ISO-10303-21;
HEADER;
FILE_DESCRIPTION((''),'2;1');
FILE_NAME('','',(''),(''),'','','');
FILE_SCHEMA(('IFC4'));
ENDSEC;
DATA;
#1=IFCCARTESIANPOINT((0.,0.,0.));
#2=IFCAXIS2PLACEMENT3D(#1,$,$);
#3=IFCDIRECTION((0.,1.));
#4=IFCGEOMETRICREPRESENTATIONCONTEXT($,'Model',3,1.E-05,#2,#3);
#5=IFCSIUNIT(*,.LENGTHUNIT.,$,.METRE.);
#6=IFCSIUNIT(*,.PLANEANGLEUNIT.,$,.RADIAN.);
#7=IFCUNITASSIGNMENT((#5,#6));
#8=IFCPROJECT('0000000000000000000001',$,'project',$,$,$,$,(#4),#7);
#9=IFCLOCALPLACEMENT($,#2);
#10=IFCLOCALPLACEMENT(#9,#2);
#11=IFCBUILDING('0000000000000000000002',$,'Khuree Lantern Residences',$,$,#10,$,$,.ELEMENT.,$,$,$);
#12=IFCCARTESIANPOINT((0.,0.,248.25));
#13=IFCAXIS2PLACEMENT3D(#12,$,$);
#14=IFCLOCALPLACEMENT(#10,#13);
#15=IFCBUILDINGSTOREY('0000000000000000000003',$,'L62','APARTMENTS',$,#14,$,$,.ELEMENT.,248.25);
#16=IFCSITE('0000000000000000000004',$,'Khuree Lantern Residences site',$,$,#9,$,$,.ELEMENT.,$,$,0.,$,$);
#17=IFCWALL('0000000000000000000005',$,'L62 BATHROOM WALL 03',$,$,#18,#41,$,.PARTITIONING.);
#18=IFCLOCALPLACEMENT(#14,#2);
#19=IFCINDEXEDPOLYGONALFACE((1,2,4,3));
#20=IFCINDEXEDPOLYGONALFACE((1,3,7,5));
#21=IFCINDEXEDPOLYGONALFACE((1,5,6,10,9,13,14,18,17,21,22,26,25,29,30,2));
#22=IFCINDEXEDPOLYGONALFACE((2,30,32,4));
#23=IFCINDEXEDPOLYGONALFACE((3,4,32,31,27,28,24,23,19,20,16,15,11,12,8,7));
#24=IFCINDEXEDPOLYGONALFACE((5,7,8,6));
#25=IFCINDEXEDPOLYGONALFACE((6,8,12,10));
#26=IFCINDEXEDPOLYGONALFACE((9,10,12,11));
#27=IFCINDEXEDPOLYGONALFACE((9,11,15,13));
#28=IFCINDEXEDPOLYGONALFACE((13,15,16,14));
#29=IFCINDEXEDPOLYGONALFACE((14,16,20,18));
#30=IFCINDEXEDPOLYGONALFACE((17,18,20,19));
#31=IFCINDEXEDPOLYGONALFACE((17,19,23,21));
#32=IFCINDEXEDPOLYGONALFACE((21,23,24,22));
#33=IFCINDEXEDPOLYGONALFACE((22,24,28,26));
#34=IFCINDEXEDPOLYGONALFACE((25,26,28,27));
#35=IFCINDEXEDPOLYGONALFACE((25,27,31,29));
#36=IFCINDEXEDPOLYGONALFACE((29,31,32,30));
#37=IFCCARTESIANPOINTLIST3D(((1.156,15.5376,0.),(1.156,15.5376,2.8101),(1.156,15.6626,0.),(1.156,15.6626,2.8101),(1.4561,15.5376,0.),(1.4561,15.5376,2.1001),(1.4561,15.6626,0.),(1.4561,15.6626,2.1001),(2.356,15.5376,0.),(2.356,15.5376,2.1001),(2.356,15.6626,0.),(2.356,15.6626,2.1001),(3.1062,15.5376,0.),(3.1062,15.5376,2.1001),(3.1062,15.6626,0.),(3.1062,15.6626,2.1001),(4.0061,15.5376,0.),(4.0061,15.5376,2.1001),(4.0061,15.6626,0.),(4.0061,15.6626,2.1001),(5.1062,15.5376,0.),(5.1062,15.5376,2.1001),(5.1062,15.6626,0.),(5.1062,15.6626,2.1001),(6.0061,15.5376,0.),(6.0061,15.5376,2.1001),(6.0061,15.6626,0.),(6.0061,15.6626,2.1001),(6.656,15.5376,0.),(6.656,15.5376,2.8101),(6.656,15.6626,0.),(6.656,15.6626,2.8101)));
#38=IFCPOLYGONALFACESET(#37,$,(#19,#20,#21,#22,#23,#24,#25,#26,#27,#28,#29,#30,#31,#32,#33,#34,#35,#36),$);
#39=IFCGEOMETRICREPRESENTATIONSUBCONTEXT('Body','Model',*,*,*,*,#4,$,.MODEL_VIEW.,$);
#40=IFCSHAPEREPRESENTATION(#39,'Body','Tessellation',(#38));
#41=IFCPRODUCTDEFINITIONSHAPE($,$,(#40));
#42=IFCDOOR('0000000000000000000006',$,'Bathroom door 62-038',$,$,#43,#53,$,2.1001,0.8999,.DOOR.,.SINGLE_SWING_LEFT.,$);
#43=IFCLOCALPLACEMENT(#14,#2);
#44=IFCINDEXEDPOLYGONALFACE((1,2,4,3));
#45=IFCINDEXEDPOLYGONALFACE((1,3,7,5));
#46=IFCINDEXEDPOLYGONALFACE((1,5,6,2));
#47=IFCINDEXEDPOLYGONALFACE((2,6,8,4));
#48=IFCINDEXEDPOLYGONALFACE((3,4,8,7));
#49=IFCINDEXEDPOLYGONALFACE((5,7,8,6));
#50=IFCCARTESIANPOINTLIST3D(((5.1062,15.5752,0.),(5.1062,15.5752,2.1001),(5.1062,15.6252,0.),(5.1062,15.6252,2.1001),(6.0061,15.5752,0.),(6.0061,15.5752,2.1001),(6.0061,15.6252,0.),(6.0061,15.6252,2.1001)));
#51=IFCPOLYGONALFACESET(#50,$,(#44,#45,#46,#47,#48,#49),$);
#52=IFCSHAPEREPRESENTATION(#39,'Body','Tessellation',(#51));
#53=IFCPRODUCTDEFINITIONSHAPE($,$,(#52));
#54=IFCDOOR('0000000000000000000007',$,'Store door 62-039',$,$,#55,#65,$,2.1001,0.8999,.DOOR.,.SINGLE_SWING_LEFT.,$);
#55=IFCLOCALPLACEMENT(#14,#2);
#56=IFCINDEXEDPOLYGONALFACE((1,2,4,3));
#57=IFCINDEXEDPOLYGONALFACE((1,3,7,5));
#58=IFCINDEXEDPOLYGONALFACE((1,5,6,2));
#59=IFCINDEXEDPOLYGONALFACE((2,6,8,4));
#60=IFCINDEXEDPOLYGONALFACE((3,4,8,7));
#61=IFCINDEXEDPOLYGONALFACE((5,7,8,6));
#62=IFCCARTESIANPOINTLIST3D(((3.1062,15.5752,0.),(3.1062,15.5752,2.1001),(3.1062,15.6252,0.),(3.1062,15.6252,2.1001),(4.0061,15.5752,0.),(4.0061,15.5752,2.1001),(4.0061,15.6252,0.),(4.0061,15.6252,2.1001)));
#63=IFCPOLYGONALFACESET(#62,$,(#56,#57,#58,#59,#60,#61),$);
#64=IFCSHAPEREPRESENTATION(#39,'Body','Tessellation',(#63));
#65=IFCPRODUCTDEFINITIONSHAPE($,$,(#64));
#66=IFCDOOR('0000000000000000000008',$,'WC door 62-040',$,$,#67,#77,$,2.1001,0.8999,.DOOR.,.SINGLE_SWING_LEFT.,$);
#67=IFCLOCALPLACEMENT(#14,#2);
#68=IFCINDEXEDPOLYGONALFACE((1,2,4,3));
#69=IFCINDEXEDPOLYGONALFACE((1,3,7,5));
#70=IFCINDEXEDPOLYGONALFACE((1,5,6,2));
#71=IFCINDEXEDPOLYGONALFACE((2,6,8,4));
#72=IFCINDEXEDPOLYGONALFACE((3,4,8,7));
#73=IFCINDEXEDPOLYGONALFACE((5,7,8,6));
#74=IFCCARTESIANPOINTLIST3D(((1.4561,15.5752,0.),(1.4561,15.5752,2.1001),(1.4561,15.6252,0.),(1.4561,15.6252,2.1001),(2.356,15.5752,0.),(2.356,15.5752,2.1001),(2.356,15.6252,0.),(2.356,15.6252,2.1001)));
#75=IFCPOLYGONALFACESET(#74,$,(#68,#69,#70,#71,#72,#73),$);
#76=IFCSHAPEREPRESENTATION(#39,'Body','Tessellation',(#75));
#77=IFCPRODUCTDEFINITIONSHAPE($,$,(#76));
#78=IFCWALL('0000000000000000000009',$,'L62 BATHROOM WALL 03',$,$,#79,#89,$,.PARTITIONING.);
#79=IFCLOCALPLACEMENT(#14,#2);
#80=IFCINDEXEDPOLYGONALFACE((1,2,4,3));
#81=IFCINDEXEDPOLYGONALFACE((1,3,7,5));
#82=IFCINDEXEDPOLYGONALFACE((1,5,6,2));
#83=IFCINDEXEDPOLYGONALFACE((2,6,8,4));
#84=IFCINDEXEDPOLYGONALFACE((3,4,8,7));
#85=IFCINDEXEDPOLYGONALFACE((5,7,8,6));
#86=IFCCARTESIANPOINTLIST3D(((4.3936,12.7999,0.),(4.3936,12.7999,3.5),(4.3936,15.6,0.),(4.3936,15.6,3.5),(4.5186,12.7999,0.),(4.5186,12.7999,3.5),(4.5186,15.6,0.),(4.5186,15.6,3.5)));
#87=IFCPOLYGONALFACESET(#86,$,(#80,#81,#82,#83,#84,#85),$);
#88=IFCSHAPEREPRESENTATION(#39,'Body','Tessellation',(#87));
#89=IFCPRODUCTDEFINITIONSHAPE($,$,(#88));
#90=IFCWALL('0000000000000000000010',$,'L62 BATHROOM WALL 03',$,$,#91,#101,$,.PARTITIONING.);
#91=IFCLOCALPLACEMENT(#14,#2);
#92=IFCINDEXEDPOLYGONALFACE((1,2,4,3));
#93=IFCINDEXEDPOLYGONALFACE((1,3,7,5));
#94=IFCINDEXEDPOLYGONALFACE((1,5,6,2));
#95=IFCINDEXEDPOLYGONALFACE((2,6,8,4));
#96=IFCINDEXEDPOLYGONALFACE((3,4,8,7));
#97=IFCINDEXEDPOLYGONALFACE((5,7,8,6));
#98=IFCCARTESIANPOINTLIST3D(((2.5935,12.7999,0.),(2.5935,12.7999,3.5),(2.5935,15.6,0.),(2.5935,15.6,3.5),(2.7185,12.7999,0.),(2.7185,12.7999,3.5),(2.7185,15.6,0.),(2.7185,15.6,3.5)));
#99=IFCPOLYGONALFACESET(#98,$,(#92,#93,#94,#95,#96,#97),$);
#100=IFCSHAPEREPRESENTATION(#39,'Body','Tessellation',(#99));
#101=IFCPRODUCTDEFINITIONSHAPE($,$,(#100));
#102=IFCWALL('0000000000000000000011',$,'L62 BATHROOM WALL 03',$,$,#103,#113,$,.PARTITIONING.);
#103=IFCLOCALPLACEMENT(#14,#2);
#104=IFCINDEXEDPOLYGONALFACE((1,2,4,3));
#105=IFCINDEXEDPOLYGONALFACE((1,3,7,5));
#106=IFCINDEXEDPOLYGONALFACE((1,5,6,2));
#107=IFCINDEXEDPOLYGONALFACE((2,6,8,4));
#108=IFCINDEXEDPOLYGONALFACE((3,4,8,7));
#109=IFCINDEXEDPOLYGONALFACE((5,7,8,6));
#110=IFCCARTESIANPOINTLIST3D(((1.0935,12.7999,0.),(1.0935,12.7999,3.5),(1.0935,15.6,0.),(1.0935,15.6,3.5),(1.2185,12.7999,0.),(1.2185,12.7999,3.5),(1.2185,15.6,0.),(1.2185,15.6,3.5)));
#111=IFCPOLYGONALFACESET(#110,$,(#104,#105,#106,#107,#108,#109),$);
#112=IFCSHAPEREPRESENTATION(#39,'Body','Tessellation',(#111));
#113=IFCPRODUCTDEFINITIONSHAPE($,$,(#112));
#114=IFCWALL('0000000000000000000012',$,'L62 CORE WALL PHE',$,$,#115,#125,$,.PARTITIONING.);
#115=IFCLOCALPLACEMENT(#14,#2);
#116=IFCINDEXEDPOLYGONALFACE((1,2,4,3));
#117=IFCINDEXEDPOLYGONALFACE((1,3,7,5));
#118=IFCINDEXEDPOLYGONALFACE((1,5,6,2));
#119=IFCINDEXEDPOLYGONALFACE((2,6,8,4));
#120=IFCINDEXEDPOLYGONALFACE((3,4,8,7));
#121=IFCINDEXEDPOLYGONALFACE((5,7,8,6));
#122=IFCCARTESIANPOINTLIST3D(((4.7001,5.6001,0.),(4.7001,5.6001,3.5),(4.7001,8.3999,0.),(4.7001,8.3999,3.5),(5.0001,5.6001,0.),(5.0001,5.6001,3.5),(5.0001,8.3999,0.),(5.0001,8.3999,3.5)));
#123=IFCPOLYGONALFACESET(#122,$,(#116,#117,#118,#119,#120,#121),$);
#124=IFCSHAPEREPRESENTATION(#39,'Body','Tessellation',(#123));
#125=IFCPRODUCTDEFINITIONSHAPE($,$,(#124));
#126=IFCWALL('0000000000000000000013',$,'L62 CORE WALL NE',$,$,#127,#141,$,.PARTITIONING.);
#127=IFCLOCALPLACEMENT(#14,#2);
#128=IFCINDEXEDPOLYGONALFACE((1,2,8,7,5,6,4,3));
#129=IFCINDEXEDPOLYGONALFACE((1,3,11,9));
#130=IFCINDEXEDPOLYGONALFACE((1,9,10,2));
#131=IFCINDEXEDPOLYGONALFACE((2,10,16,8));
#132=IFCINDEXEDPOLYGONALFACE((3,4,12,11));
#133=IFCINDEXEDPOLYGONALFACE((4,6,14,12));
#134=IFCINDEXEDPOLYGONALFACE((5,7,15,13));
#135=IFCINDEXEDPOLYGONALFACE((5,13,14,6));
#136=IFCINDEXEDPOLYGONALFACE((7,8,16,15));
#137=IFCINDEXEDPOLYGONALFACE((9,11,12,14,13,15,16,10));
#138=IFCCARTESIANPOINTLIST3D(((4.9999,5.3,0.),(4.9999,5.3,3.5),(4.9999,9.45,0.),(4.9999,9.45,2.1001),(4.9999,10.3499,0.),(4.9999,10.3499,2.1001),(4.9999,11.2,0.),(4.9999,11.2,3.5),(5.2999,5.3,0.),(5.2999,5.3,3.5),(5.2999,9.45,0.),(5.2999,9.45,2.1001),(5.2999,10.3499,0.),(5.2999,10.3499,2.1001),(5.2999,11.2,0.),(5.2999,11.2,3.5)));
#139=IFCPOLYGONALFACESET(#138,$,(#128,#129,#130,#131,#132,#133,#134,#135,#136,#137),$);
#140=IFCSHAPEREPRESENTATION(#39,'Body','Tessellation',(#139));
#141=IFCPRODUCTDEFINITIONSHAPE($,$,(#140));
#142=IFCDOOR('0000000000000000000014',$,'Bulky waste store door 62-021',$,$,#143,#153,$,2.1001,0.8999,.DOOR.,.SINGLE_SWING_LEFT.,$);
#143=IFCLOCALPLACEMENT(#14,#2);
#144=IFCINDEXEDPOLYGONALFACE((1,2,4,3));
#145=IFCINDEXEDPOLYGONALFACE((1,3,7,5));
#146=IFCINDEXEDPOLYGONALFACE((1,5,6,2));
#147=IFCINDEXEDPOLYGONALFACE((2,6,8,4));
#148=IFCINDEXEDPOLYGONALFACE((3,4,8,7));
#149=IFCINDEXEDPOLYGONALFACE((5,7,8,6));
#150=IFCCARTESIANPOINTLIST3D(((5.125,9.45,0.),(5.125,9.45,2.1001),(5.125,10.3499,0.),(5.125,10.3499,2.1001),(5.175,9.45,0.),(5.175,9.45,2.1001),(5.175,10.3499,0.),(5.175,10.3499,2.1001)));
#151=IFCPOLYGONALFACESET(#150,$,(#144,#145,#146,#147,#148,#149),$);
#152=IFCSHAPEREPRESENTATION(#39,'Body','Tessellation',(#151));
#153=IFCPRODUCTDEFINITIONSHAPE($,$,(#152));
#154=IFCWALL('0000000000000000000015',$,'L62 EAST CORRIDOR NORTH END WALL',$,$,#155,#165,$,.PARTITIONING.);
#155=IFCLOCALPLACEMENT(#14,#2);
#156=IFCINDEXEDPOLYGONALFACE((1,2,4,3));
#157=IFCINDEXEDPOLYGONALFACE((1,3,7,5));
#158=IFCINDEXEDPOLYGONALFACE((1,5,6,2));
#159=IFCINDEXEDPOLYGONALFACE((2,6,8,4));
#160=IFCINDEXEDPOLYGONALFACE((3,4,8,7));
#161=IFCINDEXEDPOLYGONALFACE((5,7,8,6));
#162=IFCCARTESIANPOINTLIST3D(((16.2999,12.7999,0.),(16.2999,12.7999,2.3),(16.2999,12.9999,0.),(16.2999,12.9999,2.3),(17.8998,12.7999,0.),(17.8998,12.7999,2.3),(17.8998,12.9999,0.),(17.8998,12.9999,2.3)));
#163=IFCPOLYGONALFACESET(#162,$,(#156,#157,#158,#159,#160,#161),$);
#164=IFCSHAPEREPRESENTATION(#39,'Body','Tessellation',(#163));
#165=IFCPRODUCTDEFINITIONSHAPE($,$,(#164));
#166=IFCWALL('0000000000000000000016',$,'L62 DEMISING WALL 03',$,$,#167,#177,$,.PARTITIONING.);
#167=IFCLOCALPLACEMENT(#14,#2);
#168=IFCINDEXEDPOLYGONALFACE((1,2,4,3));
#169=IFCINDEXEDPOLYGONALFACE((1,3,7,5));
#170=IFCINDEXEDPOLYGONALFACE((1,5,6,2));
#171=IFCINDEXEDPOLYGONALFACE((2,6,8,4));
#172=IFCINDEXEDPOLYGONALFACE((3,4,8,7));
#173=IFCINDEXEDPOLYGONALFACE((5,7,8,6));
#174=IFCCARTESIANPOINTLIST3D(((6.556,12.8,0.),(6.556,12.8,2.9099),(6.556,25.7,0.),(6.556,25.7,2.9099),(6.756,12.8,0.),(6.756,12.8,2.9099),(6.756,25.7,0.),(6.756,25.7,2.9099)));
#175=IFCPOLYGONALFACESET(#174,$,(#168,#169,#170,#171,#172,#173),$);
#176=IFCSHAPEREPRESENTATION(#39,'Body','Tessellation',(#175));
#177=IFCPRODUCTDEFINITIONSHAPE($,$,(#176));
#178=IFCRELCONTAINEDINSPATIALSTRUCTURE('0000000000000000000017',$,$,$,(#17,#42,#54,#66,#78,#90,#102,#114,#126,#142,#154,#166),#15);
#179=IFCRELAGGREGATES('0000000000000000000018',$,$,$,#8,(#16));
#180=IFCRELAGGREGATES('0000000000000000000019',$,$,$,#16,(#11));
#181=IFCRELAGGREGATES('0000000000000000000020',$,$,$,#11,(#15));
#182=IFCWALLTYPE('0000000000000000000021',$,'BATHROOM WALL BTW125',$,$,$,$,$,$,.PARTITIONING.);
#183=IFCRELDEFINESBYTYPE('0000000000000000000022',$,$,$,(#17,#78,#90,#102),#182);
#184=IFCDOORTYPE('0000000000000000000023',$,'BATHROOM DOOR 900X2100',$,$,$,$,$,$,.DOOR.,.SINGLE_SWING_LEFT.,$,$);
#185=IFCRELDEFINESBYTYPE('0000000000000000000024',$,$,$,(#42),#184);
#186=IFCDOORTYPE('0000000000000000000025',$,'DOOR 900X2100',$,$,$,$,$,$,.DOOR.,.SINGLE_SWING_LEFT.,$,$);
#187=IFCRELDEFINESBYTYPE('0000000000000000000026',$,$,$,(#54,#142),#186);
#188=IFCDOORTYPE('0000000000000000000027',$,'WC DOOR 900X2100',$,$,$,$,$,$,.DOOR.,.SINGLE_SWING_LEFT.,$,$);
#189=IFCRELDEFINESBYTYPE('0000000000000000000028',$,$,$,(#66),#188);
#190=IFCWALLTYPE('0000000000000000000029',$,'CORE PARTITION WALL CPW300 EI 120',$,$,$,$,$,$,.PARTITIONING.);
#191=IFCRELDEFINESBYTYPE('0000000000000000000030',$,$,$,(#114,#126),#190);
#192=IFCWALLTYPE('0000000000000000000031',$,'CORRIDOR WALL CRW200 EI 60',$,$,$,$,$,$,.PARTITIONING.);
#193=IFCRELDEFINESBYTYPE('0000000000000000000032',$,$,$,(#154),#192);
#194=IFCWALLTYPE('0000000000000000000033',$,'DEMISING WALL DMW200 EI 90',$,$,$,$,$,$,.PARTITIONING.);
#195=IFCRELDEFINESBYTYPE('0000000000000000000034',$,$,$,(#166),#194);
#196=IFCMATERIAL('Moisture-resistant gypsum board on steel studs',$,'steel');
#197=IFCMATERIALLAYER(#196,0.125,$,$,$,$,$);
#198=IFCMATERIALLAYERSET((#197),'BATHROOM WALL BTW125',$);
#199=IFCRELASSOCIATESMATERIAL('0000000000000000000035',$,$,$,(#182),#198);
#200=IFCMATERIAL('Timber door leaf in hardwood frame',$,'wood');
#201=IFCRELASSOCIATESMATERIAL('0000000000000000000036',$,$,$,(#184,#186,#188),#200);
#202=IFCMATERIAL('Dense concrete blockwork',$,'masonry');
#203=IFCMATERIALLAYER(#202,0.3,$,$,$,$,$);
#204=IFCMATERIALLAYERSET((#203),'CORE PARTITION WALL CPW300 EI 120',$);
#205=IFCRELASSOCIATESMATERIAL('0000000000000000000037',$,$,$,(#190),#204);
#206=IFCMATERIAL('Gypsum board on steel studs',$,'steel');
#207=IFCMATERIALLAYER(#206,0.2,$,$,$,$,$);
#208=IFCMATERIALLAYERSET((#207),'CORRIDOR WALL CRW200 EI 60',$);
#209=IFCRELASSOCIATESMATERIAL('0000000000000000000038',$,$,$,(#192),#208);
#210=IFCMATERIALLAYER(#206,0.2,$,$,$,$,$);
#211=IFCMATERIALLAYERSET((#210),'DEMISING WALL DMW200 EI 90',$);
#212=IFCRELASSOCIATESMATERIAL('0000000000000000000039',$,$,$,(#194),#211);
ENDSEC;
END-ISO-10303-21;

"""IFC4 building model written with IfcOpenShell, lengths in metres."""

from ifc_helpers import new_model, si_unit, direction, frame, frame_2d, origin, place, context, subcontext, project, spatial, rectangle, extrude, material, layer, layer_set, type_object, element, fill, save


model = new_model("IFC4")

# Units and contexts
model_context = context("Model", 3, precision=1e-05, world=origin(), true_north=direction((0.0, 1.0)))
body_context = subcontext(model_context, "Body", "Model", "MODEL_VIEW")
ifc_project = project(units=[si_unit("LENGTHUNIT", "METRE"), si_unit("PLANEANGLEUNIT", "RADIAN")], contexts=[model_context])

# Site, building, storey
site_placement = place(None, origin())
site = spatial("IfcSite", under=ifc_project, at=site_placement, Name="Khuree Lantern Residences site", CompositionType="ELEMENT", RefElevation=0.0)
building_placement = place(site_placement, origin())
building = spatial("IfcBuilding", under=site, at=building_placement, Name="Khuree Lantern Residences", CompositionType="ELEMENT")
storey_placement = place(building_placement, frame((0.0, 0.0, 248.25)))
storey = spatial("IfcBuildingStorey", under=building, at=storey_placement, Name="L62", Description="APARTMENTS", CompositionType="ELEMENT", Elevation=248.25)

# Shared definitions
ifc_material_1 = material(Name="Moisture-resistant gypsum board on steel studs", Category="steel")
ifc_layer_1 = layer(ifc_material_1, 0.125)
ifc_layer_set_1 = layer_set([ifc_layer_1], Name="BATHROOM WALL BTW125")
wall_type_1 = type_object("IfcWallType", Name="BATHROOM WALL BTW125", PredefinedType="PARTITIONING", material=ifc_layer_set_1)

# Wall, openings, doors
wall_1_placement = place(storey_placement, frame((6.656, 15.6001, 0.0), z_axis=(0.0, 0.0, 1.0), x_axis=(-1.0, 0.0, 0.0)))
wall_1 = element("IfcWall", 1, at=wall_1_placement, inside=storey, type_object=wall_type_1, Name="L62 BATHROOM WALL 03", PredefinedType="PARTITIONING", context=body_context, shape_type="SweptSolid", body=[
    extrude(rectangle(XDim=5.5, YDim=0.125, at=frame_2d((2.75, 0.0))), origin(), (0.0, 0.0, 1.0), 2.8101),
])
opening_1_placement = place(wall_1_placement, frame((0.6499, 0.0, 0.0)))
opening_1 = element("IfcOpeningElement", 2, at=opening_1_placement, cuts=wall_1, PredefinedType="OPENING", context=body_context, shape_type="SweptSolid", body=[
    extrude(rectangle(XDim=0.8999, YDim=2.1001, at=frame_2d((0.45, 1.05))), frame((0.0, 0.0725, 0.0), z_axis=(0.0, -1.0, 0.0), x_axis=(1.0, 0.0, 0.0)), (0.0, 0.0, 1.0), 0.145),
])
opening_2_placement = place(wall_1_placement, frame((2.6499, 0.0, 0.0)))
opening_2 = element("IfcOpeningElement", 3, at=opening_2_placement, cuts=wall_1, PredefinedType="OPENING", context=body_context, shape_type="SweptSolid", body=[
    extrude(rectangle(XDim=0.8999, YDim=2.1001, at=frame_2d((0.45, 1.05))), frame((0.0, 0.0725, 0.0), z_axis=(0.0, -1.0, 0.0), x_axis=(1.0, 0.0, 0.0)), (0.0, 0.0, 1.0), 0.145),
])
opening_3_placement = place(wall_1_placement, frame((4.3, 0.0, 0.0)))
opening_3 = element("IfcOpeningElement", 4, at=opening_3_placement, cuts=wall_1, PredefinedType="OPENING", context=body_context, shape_type="SweptSolid", body=[
    extrude(rectangle(XDim=0.8999, YDim=2.1001, at=frame_2d((0.45, 1.05))), frame((0.0, 0.0725, 0.0), z_axis=(0.0, -1.0, 0.0), x_axis=(1.0, 0.0, 0.0)), (0.0, 0.0, 1.0), 0.145),
])
ifc_material_2 = material(Name="Timber door leaf in hardwood frame", Category="wood")
door_type_1 = type_object("IfcDoorType", Name="BATHROOM DOOR 900X2100", OperationType="SINGLE_SWING_LEFT", PredefinedType="DOOR", material=ifc_material_2)
door_1_placement = place(opening_1_placement, origin())
door_1 = element("IfcDoor", 5, at=door_1_placement, inside=storey, type_object=door_type_1, Name="Bathroom door 62-038", OperationType="SINGLE_SWING_LEFT", OverallHeight=2.1001, OverallWidth=0.8999, PredefinedType="DOOR", context=body_context, shape_type="SweptSolid", body=[
    extrude(rectangle(XDim=0.8999, YDim=2.1001, at=frame_2d((0.45, 1.05))), frame((0.0, 0.0249, 0.0), z_axis=(0.0, -1.0, 0.0), x_axis=(1.0, 0.0, 0.0)), (0.0, 0.0, 1.0), 0.05),
])
fill(opening_1, door_1)
door_type_2 = type_object("IfcDoorType", Name="DOOR 900X2100", OperationType="SINGLE_SWING_LEFT", PredefinedType="DOOR", material=ifc_material_2)
door_2_placement = place(opening_2_placement, origin())
door_2 = element("IfcDoor", 6, at=door_2_placement, inside=storey, type_object=door_type_2, Name="Store door 62-039", OperationType="SINGLE_SWING_LEFT", OverallHeight=2.1001, OverallWidth=0.8999, PredefinedType="DOOR", context=body_context, shape_type="SweptSolid", body=[
    extrude(rectangle(XDim=0.8999, YDim=2.1001, at=frame_2d((0.45, 1.05))), frame((0.0, 0.0249, 0.0), z_axis=(0.0, -1.0, 0.0), x_axis=(1.0, 0.0, 0.0)), (0.0, 0.0, 1.0), 0.05),
])
fill(opening_2, door_2)
door_type_3 = type_object("IfcDoorType", Name="WC DOOR 900X2100", OperationType="SINGLE_SWING_LEFT", PredefinedType="DOOR", material=ifc_material_2)
door_3_placement = place(opening_3_placement, origin())
door_3 = element("IfcDoor", 7, at=door_3_placement, inside=storey, type_object=door_type_3, Name="WC door 62-040", OperationType="SINGLE_SWING_LEFT", OverallHeight=2.1001, OverallWidth=0.8999, PredefinedType="DOOR", context=body_context, shape_type="SweptSolid", body=[
    extrude(rectangle(XDim=0.8999, YDim=2.1001, at=frame_2d((0.45, 1.05))), frame((0.0, 0.0249, 0.0), z_axis=(0.0, -1.0, 0.0), x_axis=(1.0, 0.0, 0.0)), (0.0, 0.0, 1.0), 0.05),
])
fill(opening_3, door_3)

# Walls
for number, where, z_axis, x_axis, name in (
    (8, (4.4561, 12.8, 0.0), (0.0, 0.0, 1.0), (0.0, 1.0, 0.0), "L62 BATHROOM WALL 03"),
    (9, (2.656, 12.8, 0.0), (0.0, 0.0, 1.0), (0.0, 1.0, 0.0), "L62 BATHROOM WALL 03"),
    (10, (1.156, 12.8, 0.0), (0.0, 0.0, 1.0), (0.0, 1.0, 0.0), "L62 BATHROOM WALL 03"),
):
    element("IfcWall", number, at=place(storey_placement, frame(where, z_axis=z_axis, x_axis=x_axis)), inside=storey, type_object=wall_type_1, Name=name, PredefinedType="PARTITIONING", context=body_context, shape_type="SweptSolid", body=[
        extrude(rectangle(XDim=2.8, YDim=0.125, at=frame_2d((1.3999, 0.0))), origin(), (0.0, 0.0, 1.0), 3.5),
    ])
ifc_material_3 = material(Name="Dense concrete blockwork", Category="masonry")
ifc_layer_2 = layer(ifc_material_3, 0.3)
ifc_layer_set_2 = layer_set([ifc_layer_2], Name="CORE PARTITION WALL CPW300 EI 120")
wall_type_2 = type_object("IfcWallType", Name="CORE PARTITION WALL CPW300 EI 120", PredefinedType="PARTITIONING", material=ifc_layer_set_2)
wall_2_placement = place(storey_placement, frame((4.8501, 5.6001, 0.0), z_axis=(0.0, 0.0, 1.0), x_axis=(0.0, 1.0, 0.0)))
element("IfcWall", 11, at=wall_2_placement, inside=storey, type_object=wall_type_2, Name="L62 CORE WALL PHE", PredefinedType="PARTITIONING", context=body_context, shape_type="SweptSolid", body=[
    extrude(rectangle(XDim=2.7998, YDim=0.3, at=frame_2d((1.3999, 0.0))), origin(), (0.0, 0.0, 1.0), 3.5),
])

# Wall, opening, door
wall_3_placement = place(storey_placement, frame((5.1499, 5.3, 0.0), z_axis=(0.0, 0.0, 1.0), x_axis=(0.0, 1.0, 0.0)))
wall_3 = element("IfcWall", 12, at=wall_3_placement, inside=storey, type_object=wall_type_2, Name="L62 CORE WALL NE", PredefinedType="PARTITIONING", context=body_context, shape_type="SweptSolid", body=[
    extrude(rectangle(XDim=5.8999, YDim=0.3, at=frame_2d((2.95, 0.0))), origin(), (0.0, 0.0, 1.0), 3.5),
])
opening_4_placement = place(wall_3_placement, frame((4.1499, 0.0, 0.0)))
opening_4 = element("IfcOpeningElement", 13, at=opening_4_placement, cuts=wall_3, PredefinedType="OPENING", context=body_context, shape_type="SweptSolid", body=[
    extrude(rectangle(XDim=0.8999, YDim=2.1001, at=frame_2d((0.45, 1.05))), frame((0.0, 0.1602, 0.0), z_axis=(0.0, -1.0, 0.0), x_axis=(1.0, 0.0, 0.0)), (0.0, 0.0, 1.0), 0.3201),
])
door_4_placement = place(opening_4_placement, origin())
door_4 = element("IfcDoor", 14, at=door_4_placement, inside=storey, type_object=door_type_2, Name="Bulky waste store door 62-021", OperationType="SINGLE_SWING_LEFT", OverallHeight=2.1001, OverallWidth=0.8999, PredefinedType="DOOR", context=body_context, shape_type="SweptSolid", body=[
    extrude(rectangle(XDim=0.8999, YDim=2.1001, at=frame_2d((0.45, 1.05))), frame((0.0, 0.0249, 0.0), z_axis=(0.0, -1.0, 0.0), x_axis=(1.0, 0.0, 0.0)), (0.0, 0.0, 1.0), 0.05),
])
fill(opening_4, door_4)

# Walls
ifc_material_4 = material(Name="Gypsum board on steel studs", Category="steel")
ifc_layer_3 = layer(ifc_material_4, 0.2)
ifc_layer_set_3 = layer_set([ifc_layer_3], Name="CORRIDOR WALL CRW200 EI 60")
wall_type_3 = type_object("IfcWallType", Name="CORRIDOR WALL CRW200 EI 60", PredefinedType="PARTITIONING", material=ifc_layer_set_3)
wall_4_placement = place(storey_placement, frame((16.3, 12.8999, 0.0), z_axis=(0.0, 0.0, 1.0), x_axis=(1.0, 0.0, 0.0)))
element("IfcWall", 15, at=wall_4_placement, inside=storey, type_object=wall_type_3, Name="L62 EAST CORRIDOR NORTH END WALL", PredefinedType="PARTITIONING", context=body_context, shape_type="SweptSolid", body=[
    extrude(rectangle(XDim=1.5999, YDim=0.2, at=frame_2d((0.7998, 0.0))), origin(), (0.0, 0.0, 1.0), 2.3),
])
ifc_layer_4 = layer(ifc_material_4, 0.2)
ifc_layer_set_4 = layer_set([ifc_layer_4], Name="DEMISING WALL DMW200 EI 90")
wall_type_4 = type_object("IfcWallType", Name="DEMISING WALL DMW200 EI 90", PredefinedType="PARTITIONING", material=ifc_layer_set_4)
wall_5_placement = place(storey_placement, frame((6.656, 12.8, 0.0), z_axis=(0.0, 0.0, 1.0), x_axis=(0.0, 1.0, 0.0)))
element("IfcWall", 16, at=wall_5_placement, inside=storey, type_object=wall_type_4, Name="L62 DEMISING WALL 03", PredefinedType="PARTITIONING", context=body_context, shape_type="SweptSolid", body=[
    extrude(rectangle(XDim=12.8999, YDim=0.2, at=frame_2d((6.45, 0.0))), origin(), (0.0, 0.0, 1.0), 2.9099),
])

save(model, "model.ifc")
